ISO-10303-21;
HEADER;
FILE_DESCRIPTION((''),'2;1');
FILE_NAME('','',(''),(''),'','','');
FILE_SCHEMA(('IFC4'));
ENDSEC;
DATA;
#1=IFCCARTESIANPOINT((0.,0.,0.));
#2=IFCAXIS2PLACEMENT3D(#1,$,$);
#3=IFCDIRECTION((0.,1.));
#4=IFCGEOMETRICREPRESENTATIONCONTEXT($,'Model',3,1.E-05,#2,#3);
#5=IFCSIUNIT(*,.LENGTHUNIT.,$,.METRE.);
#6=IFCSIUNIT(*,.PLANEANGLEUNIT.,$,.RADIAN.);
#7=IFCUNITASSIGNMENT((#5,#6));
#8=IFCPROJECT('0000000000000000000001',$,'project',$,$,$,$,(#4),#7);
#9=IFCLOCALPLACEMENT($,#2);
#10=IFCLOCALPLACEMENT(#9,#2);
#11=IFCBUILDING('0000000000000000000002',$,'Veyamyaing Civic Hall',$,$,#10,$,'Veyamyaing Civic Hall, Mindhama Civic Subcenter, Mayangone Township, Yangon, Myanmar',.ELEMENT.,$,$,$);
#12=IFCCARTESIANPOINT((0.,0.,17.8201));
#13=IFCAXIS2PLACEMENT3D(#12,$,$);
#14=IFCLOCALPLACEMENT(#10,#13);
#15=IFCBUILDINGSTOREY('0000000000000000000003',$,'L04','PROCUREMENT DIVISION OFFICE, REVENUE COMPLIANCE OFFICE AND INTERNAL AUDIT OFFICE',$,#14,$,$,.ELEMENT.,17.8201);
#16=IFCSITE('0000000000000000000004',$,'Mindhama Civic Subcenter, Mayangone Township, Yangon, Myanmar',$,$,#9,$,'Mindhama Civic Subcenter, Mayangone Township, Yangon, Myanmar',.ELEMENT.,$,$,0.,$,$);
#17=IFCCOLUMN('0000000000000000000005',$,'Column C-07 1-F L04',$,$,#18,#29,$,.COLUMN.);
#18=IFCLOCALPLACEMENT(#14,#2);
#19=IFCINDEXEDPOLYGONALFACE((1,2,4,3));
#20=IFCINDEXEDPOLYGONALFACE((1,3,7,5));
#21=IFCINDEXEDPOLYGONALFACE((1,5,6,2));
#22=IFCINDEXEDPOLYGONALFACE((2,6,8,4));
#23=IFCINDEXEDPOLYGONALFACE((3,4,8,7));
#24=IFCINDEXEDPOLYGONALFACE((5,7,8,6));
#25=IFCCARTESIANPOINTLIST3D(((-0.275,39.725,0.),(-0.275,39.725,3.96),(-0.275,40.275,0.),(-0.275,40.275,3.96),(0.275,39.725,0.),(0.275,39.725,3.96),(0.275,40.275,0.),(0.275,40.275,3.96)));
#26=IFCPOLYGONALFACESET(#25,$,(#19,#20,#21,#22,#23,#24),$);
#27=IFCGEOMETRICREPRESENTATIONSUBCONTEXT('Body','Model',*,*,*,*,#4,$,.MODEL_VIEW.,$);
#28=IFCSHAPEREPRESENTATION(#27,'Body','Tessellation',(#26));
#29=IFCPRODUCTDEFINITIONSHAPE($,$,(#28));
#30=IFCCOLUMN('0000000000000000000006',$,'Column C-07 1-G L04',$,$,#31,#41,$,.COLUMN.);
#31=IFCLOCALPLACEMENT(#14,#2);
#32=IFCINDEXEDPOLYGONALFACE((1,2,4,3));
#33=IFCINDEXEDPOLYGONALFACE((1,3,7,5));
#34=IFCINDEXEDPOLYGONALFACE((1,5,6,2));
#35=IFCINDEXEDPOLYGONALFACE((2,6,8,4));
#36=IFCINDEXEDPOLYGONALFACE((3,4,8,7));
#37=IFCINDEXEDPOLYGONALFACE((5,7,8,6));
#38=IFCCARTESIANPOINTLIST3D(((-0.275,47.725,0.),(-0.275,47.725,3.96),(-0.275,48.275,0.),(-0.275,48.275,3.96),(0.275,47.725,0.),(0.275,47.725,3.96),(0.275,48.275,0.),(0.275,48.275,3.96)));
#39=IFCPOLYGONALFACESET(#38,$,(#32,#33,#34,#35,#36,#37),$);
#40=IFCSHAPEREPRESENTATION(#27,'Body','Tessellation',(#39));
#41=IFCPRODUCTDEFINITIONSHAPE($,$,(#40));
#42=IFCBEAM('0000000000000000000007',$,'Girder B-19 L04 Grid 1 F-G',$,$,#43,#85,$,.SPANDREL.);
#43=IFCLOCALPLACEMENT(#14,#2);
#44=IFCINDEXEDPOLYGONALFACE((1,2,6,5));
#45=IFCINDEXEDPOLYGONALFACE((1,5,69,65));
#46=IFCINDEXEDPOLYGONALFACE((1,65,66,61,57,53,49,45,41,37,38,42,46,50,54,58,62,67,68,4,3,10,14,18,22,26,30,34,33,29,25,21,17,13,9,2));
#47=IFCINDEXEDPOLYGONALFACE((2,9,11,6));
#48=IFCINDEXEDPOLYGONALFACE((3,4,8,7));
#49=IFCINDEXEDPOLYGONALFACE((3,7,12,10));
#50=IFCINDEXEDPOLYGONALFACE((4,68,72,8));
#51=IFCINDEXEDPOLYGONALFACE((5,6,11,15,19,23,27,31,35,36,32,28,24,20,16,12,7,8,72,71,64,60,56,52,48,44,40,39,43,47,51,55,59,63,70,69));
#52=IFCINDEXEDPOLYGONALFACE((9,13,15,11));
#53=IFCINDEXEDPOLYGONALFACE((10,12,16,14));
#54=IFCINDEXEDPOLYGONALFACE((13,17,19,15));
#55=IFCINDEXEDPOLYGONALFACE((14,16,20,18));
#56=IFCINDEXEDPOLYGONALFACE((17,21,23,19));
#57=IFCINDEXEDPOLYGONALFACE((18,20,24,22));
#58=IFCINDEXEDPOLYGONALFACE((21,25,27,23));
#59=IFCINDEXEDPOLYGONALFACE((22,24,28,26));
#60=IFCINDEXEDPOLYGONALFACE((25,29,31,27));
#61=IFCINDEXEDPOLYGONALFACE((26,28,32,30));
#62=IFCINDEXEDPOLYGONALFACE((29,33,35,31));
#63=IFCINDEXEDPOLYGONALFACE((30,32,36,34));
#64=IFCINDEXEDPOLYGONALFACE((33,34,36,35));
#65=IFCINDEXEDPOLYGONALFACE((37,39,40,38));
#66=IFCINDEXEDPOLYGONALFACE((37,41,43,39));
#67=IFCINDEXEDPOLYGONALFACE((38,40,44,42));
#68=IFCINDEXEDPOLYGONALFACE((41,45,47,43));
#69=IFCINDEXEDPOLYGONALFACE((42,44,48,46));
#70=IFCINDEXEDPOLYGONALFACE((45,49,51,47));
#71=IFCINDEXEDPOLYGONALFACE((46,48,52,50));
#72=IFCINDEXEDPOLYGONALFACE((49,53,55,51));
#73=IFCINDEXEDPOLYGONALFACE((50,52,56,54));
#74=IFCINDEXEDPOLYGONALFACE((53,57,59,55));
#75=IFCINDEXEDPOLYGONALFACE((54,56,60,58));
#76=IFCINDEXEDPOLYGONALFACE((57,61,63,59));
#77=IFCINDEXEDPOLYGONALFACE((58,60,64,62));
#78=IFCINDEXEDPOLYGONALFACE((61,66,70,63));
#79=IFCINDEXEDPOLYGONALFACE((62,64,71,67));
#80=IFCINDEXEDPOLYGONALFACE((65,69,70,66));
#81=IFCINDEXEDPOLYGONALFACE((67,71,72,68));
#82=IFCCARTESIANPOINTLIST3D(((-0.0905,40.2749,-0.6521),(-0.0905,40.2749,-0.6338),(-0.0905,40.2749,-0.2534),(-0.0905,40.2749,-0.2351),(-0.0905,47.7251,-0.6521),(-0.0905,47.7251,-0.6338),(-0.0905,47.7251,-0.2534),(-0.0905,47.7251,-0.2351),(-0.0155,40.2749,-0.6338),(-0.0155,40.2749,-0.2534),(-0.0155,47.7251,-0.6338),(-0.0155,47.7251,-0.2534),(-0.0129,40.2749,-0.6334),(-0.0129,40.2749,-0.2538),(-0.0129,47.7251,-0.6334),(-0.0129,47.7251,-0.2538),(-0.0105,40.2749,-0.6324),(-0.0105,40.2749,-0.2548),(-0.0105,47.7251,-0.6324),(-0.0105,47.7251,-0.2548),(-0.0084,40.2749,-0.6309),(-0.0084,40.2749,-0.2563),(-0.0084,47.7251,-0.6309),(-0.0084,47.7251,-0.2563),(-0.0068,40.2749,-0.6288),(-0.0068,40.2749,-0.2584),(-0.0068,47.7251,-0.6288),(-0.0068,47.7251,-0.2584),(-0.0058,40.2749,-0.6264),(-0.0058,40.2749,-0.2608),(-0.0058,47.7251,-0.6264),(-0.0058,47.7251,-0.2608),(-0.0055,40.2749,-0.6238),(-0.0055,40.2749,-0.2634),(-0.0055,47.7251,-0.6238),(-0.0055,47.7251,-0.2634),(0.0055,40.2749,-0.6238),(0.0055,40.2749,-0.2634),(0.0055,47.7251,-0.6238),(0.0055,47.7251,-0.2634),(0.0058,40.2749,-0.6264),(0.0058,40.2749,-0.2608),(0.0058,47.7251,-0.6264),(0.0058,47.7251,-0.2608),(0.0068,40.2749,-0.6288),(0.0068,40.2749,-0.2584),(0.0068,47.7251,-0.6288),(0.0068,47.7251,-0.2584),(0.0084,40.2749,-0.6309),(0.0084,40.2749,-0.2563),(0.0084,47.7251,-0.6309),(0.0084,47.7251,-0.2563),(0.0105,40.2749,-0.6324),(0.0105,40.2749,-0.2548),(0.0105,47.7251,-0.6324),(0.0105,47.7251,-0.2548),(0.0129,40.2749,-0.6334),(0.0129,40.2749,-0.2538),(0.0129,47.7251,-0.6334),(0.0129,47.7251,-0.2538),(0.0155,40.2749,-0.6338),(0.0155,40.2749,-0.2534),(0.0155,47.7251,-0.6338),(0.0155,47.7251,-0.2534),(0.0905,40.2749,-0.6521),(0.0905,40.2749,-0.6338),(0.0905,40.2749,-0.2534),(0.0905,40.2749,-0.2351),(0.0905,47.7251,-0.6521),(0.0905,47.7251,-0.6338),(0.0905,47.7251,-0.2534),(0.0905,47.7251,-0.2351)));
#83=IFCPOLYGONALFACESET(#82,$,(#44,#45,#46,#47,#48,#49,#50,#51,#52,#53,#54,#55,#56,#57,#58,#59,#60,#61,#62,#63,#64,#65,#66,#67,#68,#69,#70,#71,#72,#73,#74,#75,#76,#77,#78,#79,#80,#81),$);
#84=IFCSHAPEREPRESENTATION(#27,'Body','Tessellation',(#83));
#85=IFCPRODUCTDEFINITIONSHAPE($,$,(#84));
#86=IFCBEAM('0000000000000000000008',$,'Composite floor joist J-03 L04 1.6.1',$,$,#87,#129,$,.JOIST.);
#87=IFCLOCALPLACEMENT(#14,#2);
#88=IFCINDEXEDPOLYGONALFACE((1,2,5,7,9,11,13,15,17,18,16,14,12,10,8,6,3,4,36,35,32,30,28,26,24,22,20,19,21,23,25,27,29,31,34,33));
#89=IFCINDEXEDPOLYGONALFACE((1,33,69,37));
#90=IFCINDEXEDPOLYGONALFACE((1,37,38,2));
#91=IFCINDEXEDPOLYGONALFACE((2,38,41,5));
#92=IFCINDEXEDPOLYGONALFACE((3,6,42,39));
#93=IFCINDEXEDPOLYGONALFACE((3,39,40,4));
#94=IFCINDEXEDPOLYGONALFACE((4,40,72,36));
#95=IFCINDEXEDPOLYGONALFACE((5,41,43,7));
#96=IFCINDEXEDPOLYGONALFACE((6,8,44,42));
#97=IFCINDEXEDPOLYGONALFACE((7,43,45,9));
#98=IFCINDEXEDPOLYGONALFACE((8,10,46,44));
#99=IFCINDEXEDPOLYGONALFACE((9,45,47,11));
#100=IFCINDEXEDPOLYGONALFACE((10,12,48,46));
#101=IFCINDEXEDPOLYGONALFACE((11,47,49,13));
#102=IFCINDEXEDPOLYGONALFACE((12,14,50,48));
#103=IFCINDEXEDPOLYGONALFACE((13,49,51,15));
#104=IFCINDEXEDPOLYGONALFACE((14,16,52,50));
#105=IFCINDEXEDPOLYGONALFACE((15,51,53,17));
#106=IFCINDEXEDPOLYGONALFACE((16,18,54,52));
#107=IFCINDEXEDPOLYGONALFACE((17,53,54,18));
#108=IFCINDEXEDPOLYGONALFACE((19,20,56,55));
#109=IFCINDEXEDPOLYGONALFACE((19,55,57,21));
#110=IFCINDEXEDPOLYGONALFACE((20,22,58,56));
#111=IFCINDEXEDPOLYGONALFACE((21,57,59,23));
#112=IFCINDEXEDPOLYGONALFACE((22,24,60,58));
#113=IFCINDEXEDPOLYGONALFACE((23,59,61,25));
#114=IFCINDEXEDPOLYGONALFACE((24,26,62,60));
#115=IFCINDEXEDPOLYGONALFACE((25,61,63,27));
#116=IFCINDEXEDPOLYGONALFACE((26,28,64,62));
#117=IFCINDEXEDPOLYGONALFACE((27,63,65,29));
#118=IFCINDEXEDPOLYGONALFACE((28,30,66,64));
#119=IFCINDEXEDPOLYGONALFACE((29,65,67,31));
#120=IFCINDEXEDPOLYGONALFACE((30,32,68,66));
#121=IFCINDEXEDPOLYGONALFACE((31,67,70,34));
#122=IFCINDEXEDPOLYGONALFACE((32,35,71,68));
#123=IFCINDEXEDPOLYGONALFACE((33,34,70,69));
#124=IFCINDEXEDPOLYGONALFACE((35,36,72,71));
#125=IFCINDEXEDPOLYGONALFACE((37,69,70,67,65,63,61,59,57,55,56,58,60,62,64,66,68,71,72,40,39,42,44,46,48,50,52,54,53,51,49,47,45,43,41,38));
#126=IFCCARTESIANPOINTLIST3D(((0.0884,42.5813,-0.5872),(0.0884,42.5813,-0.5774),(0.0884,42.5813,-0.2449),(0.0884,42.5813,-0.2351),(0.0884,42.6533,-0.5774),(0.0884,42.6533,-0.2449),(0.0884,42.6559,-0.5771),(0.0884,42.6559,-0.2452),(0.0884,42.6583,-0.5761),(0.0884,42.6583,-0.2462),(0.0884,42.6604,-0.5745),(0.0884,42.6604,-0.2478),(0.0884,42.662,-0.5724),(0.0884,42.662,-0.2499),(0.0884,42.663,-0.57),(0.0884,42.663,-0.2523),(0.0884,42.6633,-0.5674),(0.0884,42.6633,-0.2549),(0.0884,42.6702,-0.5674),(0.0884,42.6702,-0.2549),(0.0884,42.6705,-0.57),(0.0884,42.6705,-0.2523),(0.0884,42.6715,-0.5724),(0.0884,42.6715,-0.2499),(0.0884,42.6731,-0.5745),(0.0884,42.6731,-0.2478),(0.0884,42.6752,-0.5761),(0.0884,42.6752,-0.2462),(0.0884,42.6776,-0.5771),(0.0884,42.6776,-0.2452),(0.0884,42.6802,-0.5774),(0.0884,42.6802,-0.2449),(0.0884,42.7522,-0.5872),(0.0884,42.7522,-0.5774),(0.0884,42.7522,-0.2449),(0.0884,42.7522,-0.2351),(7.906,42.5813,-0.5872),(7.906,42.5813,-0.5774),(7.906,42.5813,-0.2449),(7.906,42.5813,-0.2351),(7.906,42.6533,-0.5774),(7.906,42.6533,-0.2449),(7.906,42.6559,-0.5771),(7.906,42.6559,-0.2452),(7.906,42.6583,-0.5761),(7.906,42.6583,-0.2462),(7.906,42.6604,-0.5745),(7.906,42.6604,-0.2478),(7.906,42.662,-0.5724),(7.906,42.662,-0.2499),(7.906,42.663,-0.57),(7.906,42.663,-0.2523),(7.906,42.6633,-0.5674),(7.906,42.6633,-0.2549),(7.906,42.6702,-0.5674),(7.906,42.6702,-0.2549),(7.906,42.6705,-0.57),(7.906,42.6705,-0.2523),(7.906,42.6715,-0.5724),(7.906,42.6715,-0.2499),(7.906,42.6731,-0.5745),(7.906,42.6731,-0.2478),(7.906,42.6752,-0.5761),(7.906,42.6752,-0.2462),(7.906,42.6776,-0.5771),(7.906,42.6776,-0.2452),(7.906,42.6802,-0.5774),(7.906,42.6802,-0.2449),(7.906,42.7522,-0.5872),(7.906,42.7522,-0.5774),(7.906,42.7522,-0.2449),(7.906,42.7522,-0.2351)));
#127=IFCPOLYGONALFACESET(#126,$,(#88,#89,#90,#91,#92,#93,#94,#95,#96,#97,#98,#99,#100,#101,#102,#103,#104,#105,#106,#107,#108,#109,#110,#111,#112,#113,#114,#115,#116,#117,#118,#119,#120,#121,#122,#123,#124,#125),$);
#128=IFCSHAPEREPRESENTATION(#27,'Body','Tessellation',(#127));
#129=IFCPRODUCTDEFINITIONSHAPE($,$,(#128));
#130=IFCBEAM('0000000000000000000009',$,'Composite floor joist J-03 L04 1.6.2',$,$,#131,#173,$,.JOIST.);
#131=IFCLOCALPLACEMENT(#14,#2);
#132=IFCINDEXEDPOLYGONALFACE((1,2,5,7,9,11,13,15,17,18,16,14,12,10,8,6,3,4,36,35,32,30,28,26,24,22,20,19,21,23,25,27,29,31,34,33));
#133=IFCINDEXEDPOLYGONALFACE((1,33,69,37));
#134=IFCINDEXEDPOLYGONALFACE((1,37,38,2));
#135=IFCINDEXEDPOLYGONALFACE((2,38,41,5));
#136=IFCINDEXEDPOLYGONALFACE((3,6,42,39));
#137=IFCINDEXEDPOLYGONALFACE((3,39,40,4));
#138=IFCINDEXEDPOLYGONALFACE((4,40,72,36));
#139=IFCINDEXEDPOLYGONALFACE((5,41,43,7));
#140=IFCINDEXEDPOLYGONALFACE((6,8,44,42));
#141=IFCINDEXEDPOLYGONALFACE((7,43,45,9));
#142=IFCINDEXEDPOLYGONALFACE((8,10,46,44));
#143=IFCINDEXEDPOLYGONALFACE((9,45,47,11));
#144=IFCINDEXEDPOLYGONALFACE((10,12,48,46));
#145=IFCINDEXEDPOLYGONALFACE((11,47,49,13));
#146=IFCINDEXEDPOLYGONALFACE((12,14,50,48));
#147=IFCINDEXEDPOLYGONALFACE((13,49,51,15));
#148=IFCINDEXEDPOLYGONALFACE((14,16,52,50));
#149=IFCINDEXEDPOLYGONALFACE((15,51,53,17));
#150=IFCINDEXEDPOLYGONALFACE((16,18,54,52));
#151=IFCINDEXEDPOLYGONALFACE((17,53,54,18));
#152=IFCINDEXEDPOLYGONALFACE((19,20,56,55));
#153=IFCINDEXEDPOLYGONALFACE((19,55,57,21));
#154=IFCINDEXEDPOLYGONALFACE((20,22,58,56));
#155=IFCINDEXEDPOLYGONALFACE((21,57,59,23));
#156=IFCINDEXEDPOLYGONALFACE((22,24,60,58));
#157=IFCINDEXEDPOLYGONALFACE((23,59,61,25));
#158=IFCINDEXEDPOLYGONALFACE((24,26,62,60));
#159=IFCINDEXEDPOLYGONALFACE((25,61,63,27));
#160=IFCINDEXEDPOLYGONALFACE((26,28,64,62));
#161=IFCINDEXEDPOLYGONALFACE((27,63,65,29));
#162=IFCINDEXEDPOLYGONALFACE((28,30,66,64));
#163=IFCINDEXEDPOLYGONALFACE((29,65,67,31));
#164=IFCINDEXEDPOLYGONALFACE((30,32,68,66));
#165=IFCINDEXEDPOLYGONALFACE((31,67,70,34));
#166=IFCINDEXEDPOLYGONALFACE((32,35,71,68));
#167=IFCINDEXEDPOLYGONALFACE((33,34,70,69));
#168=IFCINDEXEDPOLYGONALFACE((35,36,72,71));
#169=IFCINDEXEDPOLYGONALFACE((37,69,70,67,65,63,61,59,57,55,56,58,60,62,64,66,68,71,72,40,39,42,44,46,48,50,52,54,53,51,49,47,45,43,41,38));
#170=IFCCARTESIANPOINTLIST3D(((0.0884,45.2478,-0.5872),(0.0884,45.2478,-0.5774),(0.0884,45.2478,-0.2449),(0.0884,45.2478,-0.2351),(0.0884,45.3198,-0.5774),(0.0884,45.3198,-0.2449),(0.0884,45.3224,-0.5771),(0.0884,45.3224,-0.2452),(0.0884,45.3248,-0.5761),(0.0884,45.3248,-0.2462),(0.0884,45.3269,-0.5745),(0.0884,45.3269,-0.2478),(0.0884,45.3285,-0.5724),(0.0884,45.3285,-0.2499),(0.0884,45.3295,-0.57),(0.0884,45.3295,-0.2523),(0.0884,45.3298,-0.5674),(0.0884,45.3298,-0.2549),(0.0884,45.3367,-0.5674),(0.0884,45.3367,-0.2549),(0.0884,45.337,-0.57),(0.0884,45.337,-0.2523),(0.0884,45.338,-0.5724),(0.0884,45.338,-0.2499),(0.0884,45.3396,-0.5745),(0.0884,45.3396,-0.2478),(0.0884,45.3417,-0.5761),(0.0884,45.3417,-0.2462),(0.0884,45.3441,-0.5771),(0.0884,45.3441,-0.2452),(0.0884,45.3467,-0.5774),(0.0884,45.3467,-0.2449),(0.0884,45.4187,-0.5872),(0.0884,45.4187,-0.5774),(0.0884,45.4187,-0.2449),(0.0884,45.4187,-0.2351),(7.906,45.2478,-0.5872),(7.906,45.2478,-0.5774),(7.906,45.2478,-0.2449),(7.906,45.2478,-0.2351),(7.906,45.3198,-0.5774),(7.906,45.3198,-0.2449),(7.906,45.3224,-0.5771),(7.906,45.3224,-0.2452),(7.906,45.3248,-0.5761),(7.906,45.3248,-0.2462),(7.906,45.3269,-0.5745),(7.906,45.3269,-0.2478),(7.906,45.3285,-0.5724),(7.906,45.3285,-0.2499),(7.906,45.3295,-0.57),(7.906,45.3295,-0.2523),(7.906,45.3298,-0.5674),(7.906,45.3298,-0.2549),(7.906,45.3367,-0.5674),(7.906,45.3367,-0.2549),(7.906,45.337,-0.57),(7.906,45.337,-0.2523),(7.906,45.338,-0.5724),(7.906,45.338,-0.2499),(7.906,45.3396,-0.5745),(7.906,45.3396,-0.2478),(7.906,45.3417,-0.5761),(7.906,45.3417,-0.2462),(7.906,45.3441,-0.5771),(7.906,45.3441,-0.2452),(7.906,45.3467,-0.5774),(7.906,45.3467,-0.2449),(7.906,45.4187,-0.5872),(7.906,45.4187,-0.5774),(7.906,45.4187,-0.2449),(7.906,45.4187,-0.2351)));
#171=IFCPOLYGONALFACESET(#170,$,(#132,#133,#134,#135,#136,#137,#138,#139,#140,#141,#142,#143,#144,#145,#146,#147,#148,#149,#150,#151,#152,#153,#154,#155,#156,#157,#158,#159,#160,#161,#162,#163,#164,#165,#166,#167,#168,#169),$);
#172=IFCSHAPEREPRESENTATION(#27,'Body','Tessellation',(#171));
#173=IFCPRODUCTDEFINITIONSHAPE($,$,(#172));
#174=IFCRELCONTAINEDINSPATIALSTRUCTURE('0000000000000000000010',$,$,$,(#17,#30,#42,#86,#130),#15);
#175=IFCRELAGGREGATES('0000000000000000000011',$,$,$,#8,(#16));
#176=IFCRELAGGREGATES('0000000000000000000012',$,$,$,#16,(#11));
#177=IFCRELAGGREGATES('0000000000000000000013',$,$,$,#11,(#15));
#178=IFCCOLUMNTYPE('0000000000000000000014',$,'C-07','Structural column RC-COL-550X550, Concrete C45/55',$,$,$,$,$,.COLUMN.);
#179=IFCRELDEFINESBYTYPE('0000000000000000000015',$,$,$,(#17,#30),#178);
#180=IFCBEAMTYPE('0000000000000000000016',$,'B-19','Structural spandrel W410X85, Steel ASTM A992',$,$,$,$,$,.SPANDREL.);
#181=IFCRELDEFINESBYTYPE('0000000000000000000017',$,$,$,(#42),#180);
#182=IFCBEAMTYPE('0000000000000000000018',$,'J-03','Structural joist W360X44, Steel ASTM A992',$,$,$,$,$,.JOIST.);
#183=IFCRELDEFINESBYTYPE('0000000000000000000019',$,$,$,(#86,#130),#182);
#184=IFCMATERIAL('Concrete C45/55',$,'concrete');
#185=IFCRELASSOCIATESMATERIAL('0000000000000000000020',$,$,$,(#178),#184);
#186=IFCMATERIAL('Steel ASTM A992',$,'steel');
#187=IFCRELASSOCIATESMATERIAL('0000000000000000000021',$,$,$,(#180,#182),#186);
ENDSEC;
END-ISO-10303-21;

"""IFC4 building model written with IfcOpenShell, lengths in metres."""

from ifc_helpers import new_model, si_unit, direction, frame, origin, origin_2d, place, context, subcontext, project, spatial, rectangle, i_section, extrude, material, material_profile, profile_set, type_object, element, save


model = new_model("IFC4")

# Units and contexts
model_context = context("Model", 3, precision=1e-05, world=origin(), true_north=direction((0.0, 1.0)))
body_context = subcontext(model_context, "Body", "Model", "MODEL_VIEW")
ifc_project = project(units=[si_unit("LENGTHUNIT", "METRE"), si_unit("PLANEANGLEUNIT", "RADIAN")], contexts=[model_context])

# Site, building, storey
site_placement = place(None, origin())
site = spatial("IfcSite", under=ifc_project, at=site_placement, Name="Mindhama Civic Subcenter, Mayangone Township, Yangon, Myanmar", LongName="Mindhama Civic Subcenter, Mayangone Township, Yangon, Myanmar", CompositionType="ELEMENT", RefElevation=0.0)
building_placement = place(site_placement, origin())
building = spatial("IfcBuilding", under=site, at=building_placement, Name="Veyamyaing Civic Hall", LongName="Veyamyaing Civic Hall, Mindhama Civic Subcenter, Mayangone Township, Yangon, Myanmar", CompositionType="ELEMENT")
storey_placement = place(building_placement, frame((0.0, 0.0, 17.8201)))
storey = spatial("IfcBuildingStorey", under=building, at=storey_placement, Name="L04", Description="PROCUREMENT DIVISION OFFICE, REVENUE COMPLIANCE OFFICE AND INTERNAL AUDIT OFFICE", CompositionType="ELEMENT", Elevation=17.8201)

# Columns
ifc_material_1 = material(Name="Concrete C45/55", Category="concrete")
ifc_material_profile_1 = material_profile(ifc_material_1, rectangle(XDim=0.55, YDim=0.55, at=origin_2d()), Name="RC-COL-550X550")
ifc_profile_set_1 = profile_set([ifc_material_profile_1], Name="Concrete C45/55")
column_type = type_object("IfcColumnType", Name="C-07", Description="Structural column RC-COL-550X550, Concrete C45/55", PredefinedType="COLUMN", material=ifc_profile_set_1)
for number, where, z_axis, x_axis, name in (
    (1, (0.0, 40.0, 0.0), (0.0, 0.0, 1.0), (1.0, 0.0, 0.0), "Column C-07 1-F L04"),
    (2, (0.0, 48.0, 0.0), (0.0, 0.0, 1.0), (1.0, 0.0, 0.0), "Column C-07 1-G L04"),
):
    element("IfcColumn", number, at=place(storey_placement, frame(where, z_axis=z_axis, x_axis=x_axis)), inside=storey, type_object=column_type, Name=name, PredefinedType="COLUMN", context=body_context, shape_type="SweptSolid", body=[
        extrude(rectangle(XDim=0.55, YDim=0.55, at=origin_2d()), origin(), (0.0, 0.0, 1.0), 3.96),
    ])

# Beams
ifc_material_2 = material(Name="Steel ASTM A992", Category="steel")
ifc_material_profile_2 = material_profile(ifc_material_2, i_section(OverallWidth=0.1809, OverallDepth=0.417, WebThickness=0.011, FlangeThickness=0.0183, FilletRadius=0.01, at=origin_2d()), Name="W410X85")
ifc_profile_set_2 = profile_set([ifc_material_profile_2], Name="Steel ASTM A992")
beam_type_1 = type_object("IfcBeamType", Name="B-19", Description="Structural spandrel W410X85, Steel ASTM A992", PredefinedType="SPANDREL", material=ifc_profile_set_2)
beam_placement = place(storey_placement, frame((0.0, 40.2749, -0.4436), z_axis=(0.0, 1.0, 0.0), x_axis=(-1.0, 0.0, 0.0)))
element("IfcBeam", 3, at=beam_placement, inside=storey, type_object=beam_type_1, Name="Girder B-19 L04 Grid 1 F-G", PredefinedType="SPANDREL", context=body_context, shape_type="SweptSolid", body=[
    extrude(i_section(OverallWidth=0.1809, OverallDepth=0.417, WebThickness=0.011, FlangeThickness=0.0183, FilletRadius=0.01, at=origin_2d()), origin(), (0.0, 0.0, 1.0), 7.4502),
])
ifc_material_profile_3 = material_profile(ifc_material_2, i_section(OverallWidth=0.1709, OverallDepth=0.3521, WebThickness=0.0068, FlangeThickness=0.0098, FilletRadius=0.01, at=origin_2d()), Name="W360X44")
ifc_profile_set_3 = profile_set([ifc_material_profile_3], Name="Steel ASTM A992")
beam_type_2 = type_object("IfcBeamType", Name="J-03", Description="Structural joist W360X44, Steel ASTM A992", PredefinedType="JOIST", material=ifc_profile_set_3)
for number, where, z_axis, x_axis, name in (
    (4, (0.0884, 42.6667, -0.4111), (1.0, 0.0, 0.0), (0.0, 1.0, 0.0), "Composite floor joist J-03 L04 1.6.1"),
    (5, (0.0884, 45.3333, -0.4111), (1.0, 0.0, 0.0), (0.0, 1.0, 0.0), "Composite floor joist J-03 L04 1.6.2"),
):
    element("IfcBeam", number, at=place(storey_placement, frame(where, z_axis=z_axis, x_axis=x_axis)), inside=storey, type_object=beam_type_2, Name=name, PredefinedType="JOIST", context=body_context, shape_type="SweptSolid", body=[
        extrude(i_section(OverallWidth=0.1709, OverallDepth=0.3521, WebThickness=0.0068, FlangeThickness=0.0098, FilletRadius=0.01, at=origin_2d()), origin(), (0.0, 0.0, 1.0), 7.8176),
    ])

save(model, "model.ifc")
